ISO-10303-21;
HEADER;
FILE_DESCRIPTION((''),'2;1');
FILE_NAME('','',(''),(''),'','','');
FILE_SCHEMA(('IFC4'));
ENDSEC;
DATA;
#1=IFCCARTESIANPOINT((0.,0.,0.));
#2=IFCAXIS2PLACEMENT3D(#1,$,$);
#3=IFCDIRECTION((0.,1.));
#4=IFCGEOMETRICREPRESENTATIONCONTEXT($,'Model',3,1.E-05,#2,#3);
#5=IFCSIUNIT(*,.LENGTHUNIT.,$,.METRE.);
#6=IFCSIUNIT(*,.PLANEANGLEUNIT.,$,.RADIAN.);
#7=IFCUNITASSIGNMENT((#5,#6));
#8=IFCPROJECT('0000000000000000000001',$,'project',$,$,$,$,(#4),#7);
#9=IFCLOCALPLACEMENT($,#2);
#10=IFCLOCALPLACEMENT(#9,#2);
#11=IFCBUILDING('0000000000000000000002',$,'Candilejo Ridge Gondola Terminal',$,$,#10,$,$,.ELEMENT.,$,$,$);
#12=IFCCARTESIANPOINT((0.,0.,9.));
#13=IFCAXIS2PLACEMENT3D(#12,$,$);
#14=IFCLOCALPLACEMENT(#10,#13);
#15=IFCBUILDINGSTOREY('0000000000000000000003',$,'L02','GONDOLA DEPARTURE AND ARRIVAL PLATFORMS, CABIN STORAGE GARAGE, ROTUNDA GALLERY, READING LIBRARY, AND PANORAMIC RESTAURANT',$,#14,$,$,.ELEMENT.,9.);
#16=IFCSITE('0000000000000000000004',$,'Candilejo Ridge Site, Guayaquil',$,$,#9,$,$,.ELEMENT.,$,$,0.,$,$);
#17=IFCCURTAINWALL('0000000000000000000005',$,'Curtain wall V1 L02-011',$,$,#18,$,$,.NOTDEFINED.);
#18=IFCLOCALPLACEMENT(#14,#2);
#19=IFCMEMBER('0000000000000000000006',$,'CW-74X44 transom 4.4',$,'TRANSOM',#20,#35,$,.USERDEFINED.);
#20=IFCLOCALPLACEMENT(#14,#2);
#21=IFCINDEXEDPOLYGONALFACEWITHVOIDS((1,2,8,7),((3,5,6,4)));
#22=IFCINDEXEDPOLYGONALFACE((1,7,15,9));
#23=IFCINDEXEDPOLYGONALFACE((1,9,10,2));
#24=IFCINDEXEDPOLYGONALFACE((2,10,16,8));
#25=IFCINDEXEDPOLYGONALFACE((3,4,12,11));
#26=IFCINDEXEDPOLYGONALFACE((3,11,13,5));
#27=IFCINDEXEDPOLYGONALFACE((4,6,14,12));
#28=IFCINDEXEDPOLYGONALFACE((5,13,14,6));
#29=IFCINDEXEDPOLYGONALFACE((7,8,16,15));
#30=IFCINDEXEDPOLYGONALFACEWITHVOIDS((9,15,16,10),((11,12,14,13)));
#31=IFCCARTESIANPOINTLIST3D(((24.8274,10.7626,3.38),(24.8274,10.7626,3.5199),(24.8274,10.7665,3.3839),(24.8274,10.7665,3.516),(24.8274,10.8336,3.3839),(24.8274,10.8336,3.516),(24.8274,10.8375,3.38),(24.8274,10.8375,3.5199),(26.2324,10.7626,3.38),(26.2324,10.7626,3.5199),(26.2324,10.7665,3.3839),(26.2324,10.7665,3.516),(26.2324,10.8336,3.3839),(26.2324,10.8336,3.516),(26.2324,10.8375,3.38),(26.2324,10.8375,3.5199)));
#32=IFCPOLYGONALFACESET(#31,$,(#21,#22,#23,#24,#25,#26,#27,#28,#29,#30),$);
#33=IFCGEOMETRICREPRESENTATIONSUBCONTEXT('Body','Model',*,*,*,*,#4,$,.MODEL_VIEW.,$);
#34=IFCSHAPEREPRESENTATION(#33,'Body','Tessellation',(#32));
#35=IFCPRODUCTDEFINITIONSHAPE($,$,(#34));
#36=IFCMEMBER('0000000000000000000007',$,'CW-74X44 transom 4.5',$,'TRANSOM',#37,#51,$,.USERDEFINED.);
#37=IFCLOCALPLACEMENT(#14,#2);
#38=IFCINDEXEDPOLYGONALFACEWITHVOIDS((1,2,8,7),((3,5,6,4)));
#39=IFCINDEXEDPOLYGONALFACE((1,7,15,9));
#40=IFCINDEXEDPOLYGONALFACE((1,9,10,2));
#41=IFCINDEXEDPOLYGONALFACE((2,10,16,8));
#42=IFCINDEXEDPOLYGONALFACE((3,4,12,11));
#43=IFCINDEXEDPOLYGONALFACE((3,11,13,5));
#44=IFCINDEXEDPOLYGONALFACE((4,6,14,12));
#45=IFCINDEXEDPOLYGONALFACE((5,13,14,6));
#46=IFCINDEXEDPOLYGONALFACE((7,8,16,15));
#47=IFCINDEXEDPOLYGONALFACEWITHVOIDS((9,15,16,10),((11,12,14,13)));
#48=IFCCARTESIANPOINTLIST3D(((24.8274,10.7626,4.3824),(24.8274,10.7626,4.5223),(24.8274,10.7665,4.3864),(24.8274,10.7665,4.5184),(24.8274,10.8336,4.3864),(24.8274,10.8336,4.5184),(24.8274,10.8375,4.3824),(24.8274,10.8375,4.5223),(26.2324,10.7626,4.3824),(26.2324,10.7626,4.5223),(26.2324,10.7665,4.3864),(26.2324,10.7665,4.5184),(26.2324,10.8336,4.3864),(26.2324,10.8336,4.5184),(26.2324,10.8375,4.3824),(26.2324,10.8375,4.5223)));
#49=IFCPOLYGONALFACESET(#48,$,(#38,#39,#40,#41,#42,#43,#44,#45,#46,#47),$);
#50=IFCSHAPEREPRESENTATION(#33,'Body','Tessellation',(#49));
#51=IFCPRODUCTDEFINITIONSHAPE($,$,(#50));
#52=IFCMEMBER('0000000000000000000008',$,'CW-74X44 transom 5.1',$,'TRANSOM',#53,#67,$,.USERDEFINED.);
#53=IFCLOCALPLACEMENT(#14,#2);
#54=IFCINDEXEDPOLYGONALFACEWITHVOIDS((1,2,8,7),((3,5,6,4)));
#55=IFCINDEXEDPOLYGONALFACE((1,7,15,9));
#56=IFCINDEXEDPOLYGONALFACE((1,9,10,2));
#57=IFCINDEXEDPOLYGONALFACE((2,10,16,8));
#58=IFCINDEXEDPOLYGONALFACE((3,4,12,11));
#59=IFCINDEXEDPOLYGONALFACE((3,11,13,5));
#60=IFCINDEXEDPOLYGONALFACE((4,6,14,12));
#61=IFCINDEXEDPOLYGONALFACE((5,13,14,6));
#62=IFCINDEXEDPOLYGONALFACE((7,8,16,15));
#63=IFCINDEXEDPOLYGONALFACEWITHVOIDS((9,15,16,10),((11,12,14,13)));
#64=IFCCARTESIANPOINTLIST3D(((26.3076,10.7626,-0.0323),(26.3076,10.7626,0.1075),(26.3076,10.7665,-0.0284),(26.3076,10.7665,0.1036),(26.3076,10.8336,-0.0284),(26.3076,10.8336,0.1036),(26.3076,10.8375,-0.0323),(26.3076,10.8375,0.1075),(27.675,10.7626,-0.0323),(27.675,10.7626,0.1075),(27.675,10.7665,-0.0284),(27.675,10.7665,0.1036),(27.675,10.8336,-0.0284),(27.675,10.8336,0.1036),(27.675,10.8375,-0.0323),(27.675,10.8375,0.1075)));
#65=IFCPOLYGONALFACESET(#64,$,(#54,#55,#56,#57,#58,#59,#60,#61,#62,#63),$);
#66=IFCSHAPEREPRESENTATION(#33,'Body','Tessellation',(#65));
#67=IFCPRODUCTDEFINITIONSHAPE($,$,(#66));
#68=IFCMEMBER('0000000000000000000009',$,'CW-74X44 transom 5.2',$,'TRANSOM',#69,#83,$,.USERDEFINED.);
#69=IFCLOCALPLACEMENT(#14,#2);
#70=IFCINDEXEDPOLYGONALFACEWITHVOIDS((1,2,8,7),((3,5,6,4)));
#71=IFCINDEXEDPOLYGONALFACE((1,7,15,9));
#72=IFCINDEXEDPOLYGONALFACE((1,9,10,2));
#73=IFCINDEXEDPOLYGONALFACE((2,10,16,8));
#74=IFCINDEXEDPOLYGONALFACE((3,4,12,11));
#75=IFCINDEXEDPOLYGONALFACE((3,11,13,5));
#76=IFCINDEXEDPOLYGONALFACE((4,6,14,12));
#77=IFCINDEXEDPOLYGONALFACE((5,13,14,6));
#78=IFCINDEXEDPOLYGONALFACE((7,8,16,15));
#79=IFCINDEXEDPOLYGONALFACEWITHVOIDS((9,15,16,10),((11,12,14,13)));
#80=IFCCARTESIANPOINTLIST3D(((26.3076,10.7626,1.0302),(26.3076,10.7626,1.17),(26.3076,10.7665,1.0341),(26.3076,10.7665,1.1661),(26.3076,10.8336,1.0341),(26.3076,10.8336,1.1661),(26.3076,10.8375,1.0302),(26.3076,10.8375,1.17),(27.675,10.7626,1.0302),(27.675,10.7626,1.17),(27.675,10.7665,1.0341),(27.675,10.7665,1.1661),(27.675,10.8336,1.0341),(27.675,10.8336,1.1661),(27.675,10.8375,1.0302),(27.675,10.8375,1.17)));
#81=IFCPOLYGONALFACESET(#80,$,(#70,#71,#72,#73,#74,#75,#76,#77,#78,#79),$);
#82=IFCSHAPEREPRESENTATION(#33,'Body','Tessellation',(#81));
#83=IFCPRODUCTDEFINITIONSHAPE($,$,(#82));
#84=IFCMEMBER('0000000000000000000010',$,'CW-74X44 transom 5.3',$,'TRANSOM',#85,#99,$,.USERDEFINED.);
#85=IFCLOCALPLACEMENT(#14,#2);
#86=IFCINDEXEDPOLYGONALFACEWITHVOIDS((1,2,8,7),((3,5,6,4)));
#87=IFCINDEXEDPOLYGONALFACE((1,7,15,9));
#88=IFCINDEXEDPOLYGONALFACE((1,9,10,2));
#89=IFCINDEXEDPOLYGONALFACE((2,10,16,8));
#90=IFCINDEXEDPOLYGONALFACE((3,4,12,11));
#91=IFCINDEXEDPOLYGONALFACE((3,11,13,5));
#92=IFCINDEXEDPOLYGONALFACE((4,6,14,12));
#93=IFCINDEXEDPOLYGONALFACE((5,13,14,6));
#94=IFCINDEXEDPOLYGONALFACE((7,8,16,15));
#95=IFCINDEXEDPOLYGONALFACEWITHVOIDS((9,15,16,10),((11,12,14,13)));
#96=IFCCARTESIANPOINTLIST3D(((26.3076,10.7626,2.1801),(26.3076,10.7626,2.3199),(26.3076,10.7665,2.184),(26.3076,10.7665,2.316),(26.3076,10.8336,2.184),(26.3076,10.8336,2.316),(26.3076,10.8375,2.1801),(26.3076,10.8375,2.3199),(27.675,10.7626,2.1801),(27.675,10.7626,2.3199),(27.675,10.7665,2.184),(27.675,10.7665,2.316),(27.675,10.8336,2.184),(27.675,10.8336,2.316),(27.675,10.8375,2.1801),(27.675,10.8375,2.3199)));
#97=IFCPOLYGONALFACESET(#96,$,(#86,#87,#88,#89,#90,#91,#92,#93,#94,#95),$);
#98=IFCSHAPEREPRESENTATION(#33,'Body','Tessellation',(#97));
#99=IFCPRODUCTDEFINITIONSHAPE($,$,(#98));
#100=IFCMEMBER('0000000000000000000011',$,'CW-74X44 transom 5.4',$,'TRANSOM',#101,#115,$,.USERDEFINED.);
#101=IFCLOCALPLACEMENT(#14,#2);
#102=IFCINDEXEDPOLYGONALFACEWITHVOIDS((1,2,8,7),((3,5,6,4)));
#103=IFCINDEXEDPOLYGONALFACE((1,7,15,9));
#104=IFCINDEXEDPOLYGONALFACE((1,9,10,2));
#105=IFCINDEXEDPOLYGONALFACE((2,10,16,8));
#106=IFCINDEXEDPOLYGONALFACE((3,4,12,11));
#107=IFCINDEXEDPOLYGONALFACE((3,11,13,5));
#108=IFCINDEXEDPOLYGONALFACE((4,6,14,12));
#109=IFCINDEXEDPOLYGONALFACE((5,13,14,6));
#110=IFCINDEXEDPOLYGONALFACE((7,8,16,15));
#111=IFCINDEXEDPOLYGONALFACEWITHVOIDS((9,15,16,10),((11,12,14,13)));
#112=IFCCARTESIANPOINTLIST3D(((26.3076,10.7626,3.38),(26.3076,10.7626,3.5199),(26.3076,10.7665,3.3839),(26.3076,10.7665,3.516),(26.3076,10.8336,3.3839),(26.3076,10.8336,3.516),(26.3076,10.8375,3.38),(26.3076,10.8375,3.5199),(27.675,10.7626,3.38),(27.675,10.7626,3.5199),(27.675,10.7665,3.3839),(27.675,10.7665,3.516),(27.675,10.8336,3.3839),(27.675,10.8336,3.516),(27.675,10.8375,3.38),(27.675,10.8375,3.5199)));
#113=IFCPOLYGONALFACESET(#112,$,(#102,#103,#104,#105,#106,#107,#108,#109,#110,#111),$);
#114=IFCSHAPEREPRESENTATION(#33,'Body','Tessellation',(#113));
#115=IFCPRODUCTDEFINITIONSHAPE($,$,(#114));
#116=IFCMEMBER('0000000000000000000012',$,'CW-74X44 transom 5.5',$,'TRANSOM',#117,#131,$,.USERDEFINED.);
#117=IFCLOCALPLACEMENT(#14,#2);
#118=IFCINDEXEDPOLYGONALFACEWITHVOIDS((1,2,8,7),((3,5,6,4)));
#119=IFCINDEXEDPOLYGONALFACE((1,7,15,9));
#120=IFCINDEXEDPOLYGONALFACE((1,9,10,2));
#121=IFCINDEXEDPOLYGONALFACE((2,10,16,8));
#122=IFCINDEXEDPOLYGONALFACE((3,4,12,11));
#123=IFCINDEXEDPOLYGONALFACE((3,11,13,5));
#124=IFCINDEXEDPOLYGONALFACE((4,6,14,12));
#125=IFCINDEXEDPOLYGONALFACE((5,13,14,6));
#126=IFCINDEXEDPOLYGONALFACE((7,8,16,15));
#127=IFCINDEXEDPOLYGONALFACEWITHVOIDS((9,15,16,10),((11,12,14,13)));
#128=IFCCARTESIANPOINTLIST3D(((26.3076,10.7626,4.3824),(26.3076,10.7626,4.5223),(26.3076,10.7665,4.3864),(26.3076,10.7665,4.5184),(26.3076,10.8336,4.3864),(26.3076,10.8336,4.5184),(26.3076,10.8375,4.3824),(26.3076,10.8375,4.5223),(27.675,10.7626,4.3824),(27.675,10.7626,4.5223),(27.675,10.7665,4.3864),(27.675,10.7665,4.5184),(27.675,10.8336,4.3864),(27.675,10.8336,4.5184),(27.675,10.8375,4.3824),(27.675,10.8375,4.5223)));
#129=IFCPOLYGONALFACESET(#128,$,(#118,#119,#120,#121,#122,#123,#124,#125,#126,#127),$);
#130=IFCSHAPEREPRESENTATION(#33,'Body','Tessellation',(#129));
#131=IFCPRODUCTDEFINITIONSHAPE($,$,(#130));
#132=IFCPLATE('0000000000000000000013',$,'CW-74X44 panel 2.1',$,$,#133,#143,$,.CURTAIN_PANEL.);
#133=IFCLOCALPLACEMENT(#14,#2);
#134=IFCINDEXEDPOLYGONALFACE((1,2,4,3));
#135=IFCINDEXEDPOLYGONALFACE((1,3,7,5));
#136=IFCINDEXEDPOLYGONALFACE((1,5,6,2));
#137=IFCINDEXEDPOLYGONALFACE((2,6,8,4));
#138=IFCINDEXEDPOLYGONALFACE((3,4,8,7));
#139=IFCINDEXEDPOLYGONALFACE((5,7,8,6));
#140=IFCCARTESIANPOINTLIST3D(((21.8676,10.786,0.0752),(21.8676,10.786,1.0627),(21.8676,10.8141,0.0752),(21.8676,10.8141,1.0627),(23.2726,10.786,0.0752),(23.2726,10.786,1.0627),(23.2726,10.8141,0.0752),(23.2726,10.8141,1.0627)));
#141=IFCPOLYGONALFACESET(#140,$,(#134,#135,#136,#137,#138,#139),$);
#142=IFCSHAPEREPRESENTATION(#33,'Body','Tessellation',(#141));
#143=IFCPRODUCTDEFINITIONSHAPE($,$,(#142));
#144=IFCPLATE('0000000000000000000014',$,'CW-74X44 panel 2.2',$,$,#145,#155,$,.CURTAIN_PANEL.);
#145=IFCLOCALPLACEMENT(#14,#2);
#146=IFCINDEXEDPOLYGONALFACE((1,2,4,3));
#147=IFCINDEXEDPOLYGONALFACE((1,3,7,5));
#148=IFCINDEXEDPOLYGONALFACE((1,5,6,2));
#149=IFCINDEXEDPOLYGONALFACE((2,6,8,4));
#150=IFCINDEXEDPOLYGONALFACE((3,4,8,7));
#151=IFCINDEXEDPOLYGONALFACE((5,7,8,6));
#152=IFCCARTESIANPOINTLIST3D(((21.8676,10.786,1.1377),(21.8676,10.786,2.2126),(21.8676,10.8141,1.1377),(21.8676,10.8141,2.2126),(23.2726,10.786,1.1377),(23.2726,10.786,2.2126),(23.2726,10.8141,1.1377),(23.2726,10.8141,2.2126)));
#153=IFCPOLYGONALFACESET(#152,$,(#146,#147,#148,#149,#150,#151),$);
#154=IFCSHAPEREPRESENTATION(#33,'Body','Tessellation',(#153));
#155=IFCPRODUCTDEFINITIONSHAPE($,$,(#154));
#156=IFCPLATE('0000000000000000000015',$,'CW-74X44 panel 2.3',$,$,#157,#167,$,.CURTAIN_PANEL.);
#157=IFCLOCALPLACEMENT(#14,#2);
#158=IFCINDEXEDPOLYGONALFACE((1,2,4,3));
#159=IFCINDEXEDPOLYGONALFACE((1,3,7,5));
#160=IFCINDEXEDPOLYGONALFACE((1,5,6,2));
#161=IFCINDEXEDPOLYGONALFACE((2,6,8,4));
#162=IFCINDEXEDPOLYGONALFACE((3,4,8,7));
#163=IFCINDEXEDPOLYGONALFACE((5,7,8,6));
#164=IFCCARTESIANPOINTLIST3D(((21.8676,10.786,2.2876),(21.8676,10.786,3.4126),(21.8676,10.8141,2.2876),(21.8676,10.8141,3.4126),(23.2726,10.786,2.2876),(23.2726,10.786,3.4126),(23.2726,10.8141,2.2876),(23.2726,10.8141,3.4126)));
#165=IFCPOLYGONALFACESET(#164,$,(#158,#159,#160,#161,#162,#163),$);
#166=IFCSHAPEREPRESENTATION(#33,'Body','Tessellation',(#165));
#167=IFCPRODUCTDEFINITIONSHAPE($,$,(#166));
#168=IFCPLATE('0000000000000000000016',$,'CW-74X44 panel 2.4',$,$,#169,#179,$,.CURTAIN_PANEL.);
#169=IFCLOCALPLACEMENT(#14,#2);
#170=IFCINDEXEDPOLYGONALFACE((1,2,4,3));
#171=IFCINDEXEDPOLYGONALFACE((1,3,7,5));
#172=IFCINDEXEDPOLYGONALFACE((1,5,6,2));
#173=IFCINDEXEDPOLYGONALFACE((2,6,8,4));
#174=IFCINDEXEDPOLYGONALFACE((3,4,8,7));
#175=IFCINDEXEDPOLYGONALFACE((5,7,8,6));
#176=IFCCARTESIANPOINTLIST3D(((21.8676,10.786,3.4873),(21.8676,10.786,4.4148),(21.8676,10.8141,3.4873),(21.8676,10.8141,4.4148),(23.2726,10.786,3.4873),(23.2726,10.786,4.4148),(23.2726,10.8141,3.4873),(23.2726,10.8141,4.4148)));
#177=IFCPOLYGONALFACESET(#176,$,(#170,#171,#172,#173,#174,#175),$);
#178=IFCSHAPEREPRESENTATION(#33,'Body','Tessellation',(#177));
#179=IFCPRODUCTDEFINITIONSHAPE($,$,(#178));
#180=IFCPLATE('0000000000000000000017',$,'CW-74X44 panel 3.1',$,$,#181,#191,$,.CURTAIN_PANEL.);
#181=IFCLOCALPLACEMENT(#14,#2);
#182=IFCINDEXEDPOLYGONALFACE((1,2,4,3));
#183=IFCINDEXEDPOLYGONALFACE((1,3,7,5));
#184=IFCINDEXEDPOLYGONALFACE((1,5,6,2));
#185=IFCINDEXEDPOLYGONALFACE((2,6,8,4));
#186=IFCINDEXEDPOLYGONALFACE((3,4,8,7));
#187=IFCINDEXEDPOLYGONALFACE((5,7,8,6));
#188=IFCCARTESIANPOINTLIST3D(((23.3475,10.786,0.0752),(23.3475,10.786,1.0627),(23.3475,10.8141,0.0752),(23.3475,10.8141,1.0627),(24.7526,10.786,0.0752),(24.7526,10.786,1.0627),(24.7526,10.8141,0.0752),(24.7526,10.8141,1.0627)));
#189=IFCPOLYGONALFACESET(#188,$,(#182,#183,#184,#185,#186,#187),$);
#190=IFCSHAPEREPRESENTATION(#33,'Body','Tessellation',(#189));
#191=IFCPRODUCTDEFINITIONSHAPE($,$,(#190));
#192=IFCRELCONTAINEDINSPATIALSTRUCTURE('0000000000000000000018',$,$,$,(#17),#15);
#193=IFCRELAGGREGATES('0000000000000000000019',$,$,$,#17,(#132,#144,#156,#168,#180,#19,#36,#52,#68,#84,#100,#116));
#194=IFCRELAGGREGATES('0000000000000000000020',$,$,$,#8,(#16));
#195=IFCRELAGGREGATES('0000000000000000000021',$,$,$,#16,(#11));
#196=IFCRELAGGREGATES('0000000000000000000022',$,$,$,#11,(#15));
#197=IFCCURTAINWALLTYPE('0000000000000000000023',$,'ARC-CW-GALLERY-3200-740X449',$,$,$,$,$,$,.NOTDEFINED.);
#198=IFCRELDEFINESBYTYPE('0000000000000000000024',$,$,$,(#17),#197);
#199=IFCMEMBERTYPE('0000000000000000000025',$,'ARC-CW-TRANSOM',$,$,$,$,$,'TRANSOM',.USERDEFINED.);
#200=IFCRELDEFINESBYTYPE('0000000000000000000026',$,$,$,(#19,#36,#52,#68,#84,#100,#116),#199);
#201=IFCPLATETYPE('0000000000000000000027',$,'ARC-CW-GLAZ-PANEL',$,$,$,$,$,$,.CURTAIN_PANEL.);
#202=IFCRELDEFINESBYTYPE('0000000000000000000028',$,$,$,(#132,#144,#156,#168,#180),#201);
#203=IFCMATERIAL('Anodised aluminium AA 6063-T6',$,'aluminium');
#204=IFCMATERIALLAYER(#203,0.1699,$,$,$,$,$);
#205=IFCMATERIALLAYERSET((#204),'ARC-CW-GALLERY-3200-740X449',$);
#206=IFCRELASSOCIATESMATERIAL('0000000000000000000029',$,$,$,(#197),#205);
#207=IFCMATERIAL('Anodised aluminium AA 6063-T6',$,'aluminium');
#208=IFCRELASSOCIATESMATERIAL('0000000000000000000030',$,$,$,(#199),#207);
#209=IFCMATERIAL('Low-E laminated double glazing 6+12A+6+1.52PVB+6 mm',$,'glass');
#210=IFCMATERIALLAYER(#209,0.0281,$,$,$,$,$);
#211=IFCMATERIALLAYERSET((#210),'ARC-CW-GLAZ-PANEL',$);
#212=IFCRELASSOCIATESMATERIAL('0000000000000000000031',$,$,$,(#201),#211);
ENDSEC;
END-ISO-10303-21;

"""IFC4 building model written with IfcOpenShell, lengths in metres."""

from ifc_helpers import new_model, si_unit, direction, frame, origin, origin_2d, place, context, subcontext, project, spatial, rectangle, hollow_rectangle, extrude, material, layer, layer_set, material_profile, profile_set, type_object, element, aggregate, save


model = new_model("IFC4")

# Units and contexts
model_context = context("Model", 3, precision=1e-05, world=origin(), true_north=direction((0.0, 1.0)))
body_context = subcontext(model_context, "Body", "Model", "MODEL_VIEW")
ifc_project = project(units=[si_unit("LENGTHUNIT", "METRE"), si_unit("PLANEANGLEUNIT", "RADIAN")], contexts=[model_context])

# Site, building, storey
site_placement = place(None, origin())
site = spatial("IfcSite", under=ifc_project, at=site_placement, Name="Candilejo Ridge Site, Guayaquil", CompositionType="ELEMENT", RefElevation=0.0)
building_placement = place(site_placement, origin())
building = spatial("IfcBuilding", under=site, at=building_placement, Name="Candilejo Ridge Gondola Terminal", CompositionType="ELEMENT")
storey_placement = place(building_placement, frame((0.0, 0.0, 9.0)))
storey = spatial("IfcBuildingStorey", under=building, at=storey_placement, Name="L02", Description="GONDOLA DEPARTURE AND ARRIVAL PLATFORMS, CABIN STORAGE GARAGE, ROTUNDA GALLERY, READING LIBRARY, AND PANORAMIC RESTAURANT", CompositionType="ELEMENT", Elevation=9.0)

# Curtain wall, members, plates
ifc_material_1 = material(Name="Anodised aluminium AA 6063-T6", Category="aluminium")
ifc_layer_1 = layer(ifc_material_1, 0.1699)
ifc_layer_set_1 = layer_set([ifc_layer_1], Name="ARC-CW-GALLERY-3200-740X449")
curtain_wall_type = type_object("IfcCurtainWallType", Name="ARC-CW-GALLERY-3200-740X449", PredefinedType="NOTDEFINED", material=ifc_layer_set_1)
curtain_wall_placement = place(storey_placement, origin())
curtain_wall = element("IfcCurtainWall", 1, at=curtain_wall_placement, inside=storey, type_object=curtain_wall_type, Name="Curtain wall V1 L02-011", PredefinedType="NOTDEFINED")
ifc_material_2 = material(Name="Anodised aluminium AA 6063-T6", Category="aluminium")
ifc_material_profile_1 = material_profile(ifc_material_2, hollow_rectangle(XDim=0.075, YDim=0.1399, WallThickness=0.0039, at=origin_2d()))
ifc_profile_set_1 = profile_set([ifc_material_profile_1], Name="Anodised aluminium AA 6063-T6")
member_type_1 = type_object("IfcMemberType", Name="ARC-CW-TRANSOM", ElementType="TRANSOM", PredefinedType="USERDEFINED", material=ifc_profile_set_1)
member_1_placement = place(storey_placement, frame((24.8274, 10.8, 3.45), z_axis=(1.0, 0.0, 0.0), x_axis=(0.0, 1.0, 0.0)))
member_1 = element("IfcMember", 2, at=member_1_placement, type_object=member_type_1, Name="CW-74X44 transom 4.4", ObjectType="TRANSOM", PredefinedType="USERDEFINED", context=body_context, shape_type="SweptSolid", body=[
    extrude(hollow_rectangle(XDim=0.075, YDim=0.1399, WallThickness=0.0039, at=origin_2d()), origin(), (0.0, 0.0, 1.0), 1.405),
])
member_2_placement = place(storey_placement, frame((24.8274, 10.8, 4.4524), z_axis=(1.0, 0.0, 0.0), x_axis=(0.0, 1.0, 0.0)))
member_2 = element("IfcMember", 3, at=member_2_placement, type_object=member_type_1, Name="CW-74X44 transom 4.5", ObjectType="TRANSOM", PredefinedType="USERDEFINED", context=body_context, shape_type="SweptSolid", body=[
    extrude(hollow_rectangle(XDim=0.075, YDim=0.1399, WallThickness=0.0039, at=origin_2d()), origin(), (0.0, 0.0, 1.0), 1.405),
])
member_3_placement = place(storey_placement, frame((26.3076, 10.8, 0.0376), z_axis=(1.0, 0.0, 0.0), x_axis=(0.0, 1.0, 0.0)))
member_3 = element("IfcMember", 4, at=member_3_placement, type_object=member_type_1, Name="CW-74X44 transom 5.1", ObjectType="TRANSOM", PredefinedType="USERDEFINED", context=body_context, shape_type="SweptSolid", body=[
    extrude(hollow_rectangle(XDim=0.075, YDim=0.1399, WallThickness=0.0039, at=origin_2d()), origin(), (0.0, 0.0, 1.0), 1.3674),
])
member_4_placement = place(storey_placement, frame((26.3076, 10.8, 1.1001), z_axis=(1.0, 0.0, 0.0), x_axis=(0.0, 1.0, 0.0)))
member_4 = element("IfcMember", 5, at=member_4_placement, type_object=member_type_1, Name="CW-74X44 transom 5.2", ObjectType="TRANSOM", PredefinedType="USERDEFINED", context=body_context, shape_type="SweptSolid", body=[
    extrude(hollow_rectangle(XDim=0.075, YDim=0.1399, WallThickness=0.0039, at=origin_2d()), origin(), (0.0, 0.0, 1.0), 1.3674),
])
member_5_placement = place(storey_placement, frame((26.3076, 10.8, 2.25), z_axis=(1.0, 0.0, 0.0), x_axis=(0.0, 1.0, 0.0)))
member_5 = element("IfcMember", 6, at=member_5_placement, type_object=member_type_1, Name="CW-74X44 transom 5.3", ObjectType="TRANSOM", PredefinedType="USERDEFINED", context=body_context, shape_type="SweptSolid", body=[
    extrude(hollow_rectangle(XDim=0.075, YDim=0.1399, WallThickness=0.0039, at=origin_2d()), origin(), (0.0, 0.0, 1.0), 1.3674),
])
member_6_placement = place(storey_placement, frame((26.3076, 10.8, 3.45), z_axis=(1.0, 0.0, 0.0), x_axis=(0.0, 1.0, 0.0)))
member_6 = element("IfcMember", 7, at=member_6_placement, type_object=member_type_1, Name="CW-74X44 transom 5.4", ObjectType="TRANSOM", PredefinedType="USERDEFINED", context=body_context, shape_type="SweptSolid", body=[
    extrude(hollow_rectangle(XDim=0.075, YDim=0.1399, WallThickness=0.0039, at=origin_2d()), origin(), (0.0, 0.0, 1.0), 1.3674),
])
member_7_placement = place(storey_placement, frame((26.3076, 10.8, 4.4524), z_axis=(1.0, 0.0, 0.0), x_axis=(0.0, 1.0, 0.0)))
member_7 = element("IfcMember", 8, at=member_7_placement, type_object=member_type_1, Name="CW-74X44 transom 5.5", ObjectType="TRANSOM", PredefinedType="USERDEFINED", context=body_context, shape_type="SweptSolid", body=[
    extrude(hollow_rectangle(XDim=0.075, YDim=0.1399, WallThickness=0.0039, at=origin_2d()), origin(), (0.0, 0.0, 1.0), 1.3674),
])
ifc_material_3 = material(Name="Low-E laminated double glazing 6+12A+6+1.52PVB+6 mm", Category="glass")
ifc_layer_2 = layer(ifc_material_3, 0.0281)
ifc_layer_set_2 = layer_set([ifc_layer_2], Name="ARC-CW-GLAZ-PANEL")
plate_type_1 = type_object("IfcPlateType", Name="ARC-CW-GLAZ-PANEL", PredefinedType="CURTAIN_PANEL", material=ifc_layer_set_2)
plate_1_placement = place(storey_placement, frame((22.5701, 10.8, 0.0752), z_axis=(0.0, 0.0, 1.0), x_axis=(1.0, 0.0, 0.0)))
plate_1 = element("IfcPlate", 9, at=plate_1_placement, type_object=plate_type_1, Name="CW-74X44 panel 2.1", PredefinedType="CURTAIN_PANEL", context=body_context, shape_type="SweptSolid", body=[
    extrude(rectangle(XDim=1.405, YDim=0.0281, at=origin_2d()), origin(), (0.0, 0.0, 1.0), 0.9875),
])
plate_2_placement = place(storey_placement, frame((22.5701, 10.8, 1.1377), z_axis=(0.0, 0.0, 1.0), x_axis=(1.0, 0.0, 0.0)))
plate_2 = element("IfcPlate", 10, at=plate_2_placement, type_object=plate_type_1, Name="CW-74X44 panel 2.2", PredefinedType="CURTAIN_PANEL", context=body_context, shape_type="SweptSolid", body=[
    extrude(rectangle(XDim=1.405, YDim=0.0281, at=origin_2d()), origin(), (0.0, 0.0, 1.0), 1.075),
])
plate_3_placement = place(storey_placement, frame((22.5701, 10.8, 2.2876), z_axis=(0.0, 0.0, 1.0), x_axis=(1.0, 0.0, 0.0)))
plate_3 = element("IfcPlate", 11, at=plate_3_placement, type_object=plate_type_1, Name="CW-74X44 panel 2.3", PredefinedType="CURTAIN_PANEL", context=body_context, shape_type="SweptSolid", body=[
    extrude(rectangle(XDim=1.405, YDim=0.0281, at=origin_2d()), origin(), (0.0, 0.0, 1.0), 1.125),
])
plate_4_placement = place(storey_placement, frame((22.5701, 10.8, 3.4873), z_axis=(0.0, 0.0, 1.0), x_axis=(1.0, 0.0, 0.0)))
plate_4 = element("IfcPlate", 12, at=plate_4_placement, type_object=plate_type_1, Name="CW-74X44 panel 2.4", PredefinedType="CURTAIN_PANEL", context=body_context, shape_type="SweptSolid", body=[
    extrude(rectangle(XDim=1.405, YDim=0.0281, at=origin_2d()), origin(), (0.0, 0.0, 1.0), 0.9275),
])
plate_5_placement = place(storey_placement, frame((24.05, 10.8, 0.0752), z_axis=(0.0, 0.0, 1.0), x_axis=(1.0, 0.0, 0.0)))
plate_5 = element("IfcPlate", 13, at=plate_5_placement, type_object=plate_type_1, Name="CW-74X44 panel 3.1", PredefinedType="CURTAIN_PANEL", context=body_context, shape_type="SweptSolid", body=[
    extrude(rectangle(XDim=1.405, YDim=0.0281, at=origin_2d()), origin(), (0.0, 0.0, 1.0), 0.9875),
])
aggregate(curtain_wall, [plate_1, plate_2, plate_3, plate_4, plate_5, member_1, member_2, member_3, member_4, member_5, member_6, member_7])

save(model, "model.ifc")
